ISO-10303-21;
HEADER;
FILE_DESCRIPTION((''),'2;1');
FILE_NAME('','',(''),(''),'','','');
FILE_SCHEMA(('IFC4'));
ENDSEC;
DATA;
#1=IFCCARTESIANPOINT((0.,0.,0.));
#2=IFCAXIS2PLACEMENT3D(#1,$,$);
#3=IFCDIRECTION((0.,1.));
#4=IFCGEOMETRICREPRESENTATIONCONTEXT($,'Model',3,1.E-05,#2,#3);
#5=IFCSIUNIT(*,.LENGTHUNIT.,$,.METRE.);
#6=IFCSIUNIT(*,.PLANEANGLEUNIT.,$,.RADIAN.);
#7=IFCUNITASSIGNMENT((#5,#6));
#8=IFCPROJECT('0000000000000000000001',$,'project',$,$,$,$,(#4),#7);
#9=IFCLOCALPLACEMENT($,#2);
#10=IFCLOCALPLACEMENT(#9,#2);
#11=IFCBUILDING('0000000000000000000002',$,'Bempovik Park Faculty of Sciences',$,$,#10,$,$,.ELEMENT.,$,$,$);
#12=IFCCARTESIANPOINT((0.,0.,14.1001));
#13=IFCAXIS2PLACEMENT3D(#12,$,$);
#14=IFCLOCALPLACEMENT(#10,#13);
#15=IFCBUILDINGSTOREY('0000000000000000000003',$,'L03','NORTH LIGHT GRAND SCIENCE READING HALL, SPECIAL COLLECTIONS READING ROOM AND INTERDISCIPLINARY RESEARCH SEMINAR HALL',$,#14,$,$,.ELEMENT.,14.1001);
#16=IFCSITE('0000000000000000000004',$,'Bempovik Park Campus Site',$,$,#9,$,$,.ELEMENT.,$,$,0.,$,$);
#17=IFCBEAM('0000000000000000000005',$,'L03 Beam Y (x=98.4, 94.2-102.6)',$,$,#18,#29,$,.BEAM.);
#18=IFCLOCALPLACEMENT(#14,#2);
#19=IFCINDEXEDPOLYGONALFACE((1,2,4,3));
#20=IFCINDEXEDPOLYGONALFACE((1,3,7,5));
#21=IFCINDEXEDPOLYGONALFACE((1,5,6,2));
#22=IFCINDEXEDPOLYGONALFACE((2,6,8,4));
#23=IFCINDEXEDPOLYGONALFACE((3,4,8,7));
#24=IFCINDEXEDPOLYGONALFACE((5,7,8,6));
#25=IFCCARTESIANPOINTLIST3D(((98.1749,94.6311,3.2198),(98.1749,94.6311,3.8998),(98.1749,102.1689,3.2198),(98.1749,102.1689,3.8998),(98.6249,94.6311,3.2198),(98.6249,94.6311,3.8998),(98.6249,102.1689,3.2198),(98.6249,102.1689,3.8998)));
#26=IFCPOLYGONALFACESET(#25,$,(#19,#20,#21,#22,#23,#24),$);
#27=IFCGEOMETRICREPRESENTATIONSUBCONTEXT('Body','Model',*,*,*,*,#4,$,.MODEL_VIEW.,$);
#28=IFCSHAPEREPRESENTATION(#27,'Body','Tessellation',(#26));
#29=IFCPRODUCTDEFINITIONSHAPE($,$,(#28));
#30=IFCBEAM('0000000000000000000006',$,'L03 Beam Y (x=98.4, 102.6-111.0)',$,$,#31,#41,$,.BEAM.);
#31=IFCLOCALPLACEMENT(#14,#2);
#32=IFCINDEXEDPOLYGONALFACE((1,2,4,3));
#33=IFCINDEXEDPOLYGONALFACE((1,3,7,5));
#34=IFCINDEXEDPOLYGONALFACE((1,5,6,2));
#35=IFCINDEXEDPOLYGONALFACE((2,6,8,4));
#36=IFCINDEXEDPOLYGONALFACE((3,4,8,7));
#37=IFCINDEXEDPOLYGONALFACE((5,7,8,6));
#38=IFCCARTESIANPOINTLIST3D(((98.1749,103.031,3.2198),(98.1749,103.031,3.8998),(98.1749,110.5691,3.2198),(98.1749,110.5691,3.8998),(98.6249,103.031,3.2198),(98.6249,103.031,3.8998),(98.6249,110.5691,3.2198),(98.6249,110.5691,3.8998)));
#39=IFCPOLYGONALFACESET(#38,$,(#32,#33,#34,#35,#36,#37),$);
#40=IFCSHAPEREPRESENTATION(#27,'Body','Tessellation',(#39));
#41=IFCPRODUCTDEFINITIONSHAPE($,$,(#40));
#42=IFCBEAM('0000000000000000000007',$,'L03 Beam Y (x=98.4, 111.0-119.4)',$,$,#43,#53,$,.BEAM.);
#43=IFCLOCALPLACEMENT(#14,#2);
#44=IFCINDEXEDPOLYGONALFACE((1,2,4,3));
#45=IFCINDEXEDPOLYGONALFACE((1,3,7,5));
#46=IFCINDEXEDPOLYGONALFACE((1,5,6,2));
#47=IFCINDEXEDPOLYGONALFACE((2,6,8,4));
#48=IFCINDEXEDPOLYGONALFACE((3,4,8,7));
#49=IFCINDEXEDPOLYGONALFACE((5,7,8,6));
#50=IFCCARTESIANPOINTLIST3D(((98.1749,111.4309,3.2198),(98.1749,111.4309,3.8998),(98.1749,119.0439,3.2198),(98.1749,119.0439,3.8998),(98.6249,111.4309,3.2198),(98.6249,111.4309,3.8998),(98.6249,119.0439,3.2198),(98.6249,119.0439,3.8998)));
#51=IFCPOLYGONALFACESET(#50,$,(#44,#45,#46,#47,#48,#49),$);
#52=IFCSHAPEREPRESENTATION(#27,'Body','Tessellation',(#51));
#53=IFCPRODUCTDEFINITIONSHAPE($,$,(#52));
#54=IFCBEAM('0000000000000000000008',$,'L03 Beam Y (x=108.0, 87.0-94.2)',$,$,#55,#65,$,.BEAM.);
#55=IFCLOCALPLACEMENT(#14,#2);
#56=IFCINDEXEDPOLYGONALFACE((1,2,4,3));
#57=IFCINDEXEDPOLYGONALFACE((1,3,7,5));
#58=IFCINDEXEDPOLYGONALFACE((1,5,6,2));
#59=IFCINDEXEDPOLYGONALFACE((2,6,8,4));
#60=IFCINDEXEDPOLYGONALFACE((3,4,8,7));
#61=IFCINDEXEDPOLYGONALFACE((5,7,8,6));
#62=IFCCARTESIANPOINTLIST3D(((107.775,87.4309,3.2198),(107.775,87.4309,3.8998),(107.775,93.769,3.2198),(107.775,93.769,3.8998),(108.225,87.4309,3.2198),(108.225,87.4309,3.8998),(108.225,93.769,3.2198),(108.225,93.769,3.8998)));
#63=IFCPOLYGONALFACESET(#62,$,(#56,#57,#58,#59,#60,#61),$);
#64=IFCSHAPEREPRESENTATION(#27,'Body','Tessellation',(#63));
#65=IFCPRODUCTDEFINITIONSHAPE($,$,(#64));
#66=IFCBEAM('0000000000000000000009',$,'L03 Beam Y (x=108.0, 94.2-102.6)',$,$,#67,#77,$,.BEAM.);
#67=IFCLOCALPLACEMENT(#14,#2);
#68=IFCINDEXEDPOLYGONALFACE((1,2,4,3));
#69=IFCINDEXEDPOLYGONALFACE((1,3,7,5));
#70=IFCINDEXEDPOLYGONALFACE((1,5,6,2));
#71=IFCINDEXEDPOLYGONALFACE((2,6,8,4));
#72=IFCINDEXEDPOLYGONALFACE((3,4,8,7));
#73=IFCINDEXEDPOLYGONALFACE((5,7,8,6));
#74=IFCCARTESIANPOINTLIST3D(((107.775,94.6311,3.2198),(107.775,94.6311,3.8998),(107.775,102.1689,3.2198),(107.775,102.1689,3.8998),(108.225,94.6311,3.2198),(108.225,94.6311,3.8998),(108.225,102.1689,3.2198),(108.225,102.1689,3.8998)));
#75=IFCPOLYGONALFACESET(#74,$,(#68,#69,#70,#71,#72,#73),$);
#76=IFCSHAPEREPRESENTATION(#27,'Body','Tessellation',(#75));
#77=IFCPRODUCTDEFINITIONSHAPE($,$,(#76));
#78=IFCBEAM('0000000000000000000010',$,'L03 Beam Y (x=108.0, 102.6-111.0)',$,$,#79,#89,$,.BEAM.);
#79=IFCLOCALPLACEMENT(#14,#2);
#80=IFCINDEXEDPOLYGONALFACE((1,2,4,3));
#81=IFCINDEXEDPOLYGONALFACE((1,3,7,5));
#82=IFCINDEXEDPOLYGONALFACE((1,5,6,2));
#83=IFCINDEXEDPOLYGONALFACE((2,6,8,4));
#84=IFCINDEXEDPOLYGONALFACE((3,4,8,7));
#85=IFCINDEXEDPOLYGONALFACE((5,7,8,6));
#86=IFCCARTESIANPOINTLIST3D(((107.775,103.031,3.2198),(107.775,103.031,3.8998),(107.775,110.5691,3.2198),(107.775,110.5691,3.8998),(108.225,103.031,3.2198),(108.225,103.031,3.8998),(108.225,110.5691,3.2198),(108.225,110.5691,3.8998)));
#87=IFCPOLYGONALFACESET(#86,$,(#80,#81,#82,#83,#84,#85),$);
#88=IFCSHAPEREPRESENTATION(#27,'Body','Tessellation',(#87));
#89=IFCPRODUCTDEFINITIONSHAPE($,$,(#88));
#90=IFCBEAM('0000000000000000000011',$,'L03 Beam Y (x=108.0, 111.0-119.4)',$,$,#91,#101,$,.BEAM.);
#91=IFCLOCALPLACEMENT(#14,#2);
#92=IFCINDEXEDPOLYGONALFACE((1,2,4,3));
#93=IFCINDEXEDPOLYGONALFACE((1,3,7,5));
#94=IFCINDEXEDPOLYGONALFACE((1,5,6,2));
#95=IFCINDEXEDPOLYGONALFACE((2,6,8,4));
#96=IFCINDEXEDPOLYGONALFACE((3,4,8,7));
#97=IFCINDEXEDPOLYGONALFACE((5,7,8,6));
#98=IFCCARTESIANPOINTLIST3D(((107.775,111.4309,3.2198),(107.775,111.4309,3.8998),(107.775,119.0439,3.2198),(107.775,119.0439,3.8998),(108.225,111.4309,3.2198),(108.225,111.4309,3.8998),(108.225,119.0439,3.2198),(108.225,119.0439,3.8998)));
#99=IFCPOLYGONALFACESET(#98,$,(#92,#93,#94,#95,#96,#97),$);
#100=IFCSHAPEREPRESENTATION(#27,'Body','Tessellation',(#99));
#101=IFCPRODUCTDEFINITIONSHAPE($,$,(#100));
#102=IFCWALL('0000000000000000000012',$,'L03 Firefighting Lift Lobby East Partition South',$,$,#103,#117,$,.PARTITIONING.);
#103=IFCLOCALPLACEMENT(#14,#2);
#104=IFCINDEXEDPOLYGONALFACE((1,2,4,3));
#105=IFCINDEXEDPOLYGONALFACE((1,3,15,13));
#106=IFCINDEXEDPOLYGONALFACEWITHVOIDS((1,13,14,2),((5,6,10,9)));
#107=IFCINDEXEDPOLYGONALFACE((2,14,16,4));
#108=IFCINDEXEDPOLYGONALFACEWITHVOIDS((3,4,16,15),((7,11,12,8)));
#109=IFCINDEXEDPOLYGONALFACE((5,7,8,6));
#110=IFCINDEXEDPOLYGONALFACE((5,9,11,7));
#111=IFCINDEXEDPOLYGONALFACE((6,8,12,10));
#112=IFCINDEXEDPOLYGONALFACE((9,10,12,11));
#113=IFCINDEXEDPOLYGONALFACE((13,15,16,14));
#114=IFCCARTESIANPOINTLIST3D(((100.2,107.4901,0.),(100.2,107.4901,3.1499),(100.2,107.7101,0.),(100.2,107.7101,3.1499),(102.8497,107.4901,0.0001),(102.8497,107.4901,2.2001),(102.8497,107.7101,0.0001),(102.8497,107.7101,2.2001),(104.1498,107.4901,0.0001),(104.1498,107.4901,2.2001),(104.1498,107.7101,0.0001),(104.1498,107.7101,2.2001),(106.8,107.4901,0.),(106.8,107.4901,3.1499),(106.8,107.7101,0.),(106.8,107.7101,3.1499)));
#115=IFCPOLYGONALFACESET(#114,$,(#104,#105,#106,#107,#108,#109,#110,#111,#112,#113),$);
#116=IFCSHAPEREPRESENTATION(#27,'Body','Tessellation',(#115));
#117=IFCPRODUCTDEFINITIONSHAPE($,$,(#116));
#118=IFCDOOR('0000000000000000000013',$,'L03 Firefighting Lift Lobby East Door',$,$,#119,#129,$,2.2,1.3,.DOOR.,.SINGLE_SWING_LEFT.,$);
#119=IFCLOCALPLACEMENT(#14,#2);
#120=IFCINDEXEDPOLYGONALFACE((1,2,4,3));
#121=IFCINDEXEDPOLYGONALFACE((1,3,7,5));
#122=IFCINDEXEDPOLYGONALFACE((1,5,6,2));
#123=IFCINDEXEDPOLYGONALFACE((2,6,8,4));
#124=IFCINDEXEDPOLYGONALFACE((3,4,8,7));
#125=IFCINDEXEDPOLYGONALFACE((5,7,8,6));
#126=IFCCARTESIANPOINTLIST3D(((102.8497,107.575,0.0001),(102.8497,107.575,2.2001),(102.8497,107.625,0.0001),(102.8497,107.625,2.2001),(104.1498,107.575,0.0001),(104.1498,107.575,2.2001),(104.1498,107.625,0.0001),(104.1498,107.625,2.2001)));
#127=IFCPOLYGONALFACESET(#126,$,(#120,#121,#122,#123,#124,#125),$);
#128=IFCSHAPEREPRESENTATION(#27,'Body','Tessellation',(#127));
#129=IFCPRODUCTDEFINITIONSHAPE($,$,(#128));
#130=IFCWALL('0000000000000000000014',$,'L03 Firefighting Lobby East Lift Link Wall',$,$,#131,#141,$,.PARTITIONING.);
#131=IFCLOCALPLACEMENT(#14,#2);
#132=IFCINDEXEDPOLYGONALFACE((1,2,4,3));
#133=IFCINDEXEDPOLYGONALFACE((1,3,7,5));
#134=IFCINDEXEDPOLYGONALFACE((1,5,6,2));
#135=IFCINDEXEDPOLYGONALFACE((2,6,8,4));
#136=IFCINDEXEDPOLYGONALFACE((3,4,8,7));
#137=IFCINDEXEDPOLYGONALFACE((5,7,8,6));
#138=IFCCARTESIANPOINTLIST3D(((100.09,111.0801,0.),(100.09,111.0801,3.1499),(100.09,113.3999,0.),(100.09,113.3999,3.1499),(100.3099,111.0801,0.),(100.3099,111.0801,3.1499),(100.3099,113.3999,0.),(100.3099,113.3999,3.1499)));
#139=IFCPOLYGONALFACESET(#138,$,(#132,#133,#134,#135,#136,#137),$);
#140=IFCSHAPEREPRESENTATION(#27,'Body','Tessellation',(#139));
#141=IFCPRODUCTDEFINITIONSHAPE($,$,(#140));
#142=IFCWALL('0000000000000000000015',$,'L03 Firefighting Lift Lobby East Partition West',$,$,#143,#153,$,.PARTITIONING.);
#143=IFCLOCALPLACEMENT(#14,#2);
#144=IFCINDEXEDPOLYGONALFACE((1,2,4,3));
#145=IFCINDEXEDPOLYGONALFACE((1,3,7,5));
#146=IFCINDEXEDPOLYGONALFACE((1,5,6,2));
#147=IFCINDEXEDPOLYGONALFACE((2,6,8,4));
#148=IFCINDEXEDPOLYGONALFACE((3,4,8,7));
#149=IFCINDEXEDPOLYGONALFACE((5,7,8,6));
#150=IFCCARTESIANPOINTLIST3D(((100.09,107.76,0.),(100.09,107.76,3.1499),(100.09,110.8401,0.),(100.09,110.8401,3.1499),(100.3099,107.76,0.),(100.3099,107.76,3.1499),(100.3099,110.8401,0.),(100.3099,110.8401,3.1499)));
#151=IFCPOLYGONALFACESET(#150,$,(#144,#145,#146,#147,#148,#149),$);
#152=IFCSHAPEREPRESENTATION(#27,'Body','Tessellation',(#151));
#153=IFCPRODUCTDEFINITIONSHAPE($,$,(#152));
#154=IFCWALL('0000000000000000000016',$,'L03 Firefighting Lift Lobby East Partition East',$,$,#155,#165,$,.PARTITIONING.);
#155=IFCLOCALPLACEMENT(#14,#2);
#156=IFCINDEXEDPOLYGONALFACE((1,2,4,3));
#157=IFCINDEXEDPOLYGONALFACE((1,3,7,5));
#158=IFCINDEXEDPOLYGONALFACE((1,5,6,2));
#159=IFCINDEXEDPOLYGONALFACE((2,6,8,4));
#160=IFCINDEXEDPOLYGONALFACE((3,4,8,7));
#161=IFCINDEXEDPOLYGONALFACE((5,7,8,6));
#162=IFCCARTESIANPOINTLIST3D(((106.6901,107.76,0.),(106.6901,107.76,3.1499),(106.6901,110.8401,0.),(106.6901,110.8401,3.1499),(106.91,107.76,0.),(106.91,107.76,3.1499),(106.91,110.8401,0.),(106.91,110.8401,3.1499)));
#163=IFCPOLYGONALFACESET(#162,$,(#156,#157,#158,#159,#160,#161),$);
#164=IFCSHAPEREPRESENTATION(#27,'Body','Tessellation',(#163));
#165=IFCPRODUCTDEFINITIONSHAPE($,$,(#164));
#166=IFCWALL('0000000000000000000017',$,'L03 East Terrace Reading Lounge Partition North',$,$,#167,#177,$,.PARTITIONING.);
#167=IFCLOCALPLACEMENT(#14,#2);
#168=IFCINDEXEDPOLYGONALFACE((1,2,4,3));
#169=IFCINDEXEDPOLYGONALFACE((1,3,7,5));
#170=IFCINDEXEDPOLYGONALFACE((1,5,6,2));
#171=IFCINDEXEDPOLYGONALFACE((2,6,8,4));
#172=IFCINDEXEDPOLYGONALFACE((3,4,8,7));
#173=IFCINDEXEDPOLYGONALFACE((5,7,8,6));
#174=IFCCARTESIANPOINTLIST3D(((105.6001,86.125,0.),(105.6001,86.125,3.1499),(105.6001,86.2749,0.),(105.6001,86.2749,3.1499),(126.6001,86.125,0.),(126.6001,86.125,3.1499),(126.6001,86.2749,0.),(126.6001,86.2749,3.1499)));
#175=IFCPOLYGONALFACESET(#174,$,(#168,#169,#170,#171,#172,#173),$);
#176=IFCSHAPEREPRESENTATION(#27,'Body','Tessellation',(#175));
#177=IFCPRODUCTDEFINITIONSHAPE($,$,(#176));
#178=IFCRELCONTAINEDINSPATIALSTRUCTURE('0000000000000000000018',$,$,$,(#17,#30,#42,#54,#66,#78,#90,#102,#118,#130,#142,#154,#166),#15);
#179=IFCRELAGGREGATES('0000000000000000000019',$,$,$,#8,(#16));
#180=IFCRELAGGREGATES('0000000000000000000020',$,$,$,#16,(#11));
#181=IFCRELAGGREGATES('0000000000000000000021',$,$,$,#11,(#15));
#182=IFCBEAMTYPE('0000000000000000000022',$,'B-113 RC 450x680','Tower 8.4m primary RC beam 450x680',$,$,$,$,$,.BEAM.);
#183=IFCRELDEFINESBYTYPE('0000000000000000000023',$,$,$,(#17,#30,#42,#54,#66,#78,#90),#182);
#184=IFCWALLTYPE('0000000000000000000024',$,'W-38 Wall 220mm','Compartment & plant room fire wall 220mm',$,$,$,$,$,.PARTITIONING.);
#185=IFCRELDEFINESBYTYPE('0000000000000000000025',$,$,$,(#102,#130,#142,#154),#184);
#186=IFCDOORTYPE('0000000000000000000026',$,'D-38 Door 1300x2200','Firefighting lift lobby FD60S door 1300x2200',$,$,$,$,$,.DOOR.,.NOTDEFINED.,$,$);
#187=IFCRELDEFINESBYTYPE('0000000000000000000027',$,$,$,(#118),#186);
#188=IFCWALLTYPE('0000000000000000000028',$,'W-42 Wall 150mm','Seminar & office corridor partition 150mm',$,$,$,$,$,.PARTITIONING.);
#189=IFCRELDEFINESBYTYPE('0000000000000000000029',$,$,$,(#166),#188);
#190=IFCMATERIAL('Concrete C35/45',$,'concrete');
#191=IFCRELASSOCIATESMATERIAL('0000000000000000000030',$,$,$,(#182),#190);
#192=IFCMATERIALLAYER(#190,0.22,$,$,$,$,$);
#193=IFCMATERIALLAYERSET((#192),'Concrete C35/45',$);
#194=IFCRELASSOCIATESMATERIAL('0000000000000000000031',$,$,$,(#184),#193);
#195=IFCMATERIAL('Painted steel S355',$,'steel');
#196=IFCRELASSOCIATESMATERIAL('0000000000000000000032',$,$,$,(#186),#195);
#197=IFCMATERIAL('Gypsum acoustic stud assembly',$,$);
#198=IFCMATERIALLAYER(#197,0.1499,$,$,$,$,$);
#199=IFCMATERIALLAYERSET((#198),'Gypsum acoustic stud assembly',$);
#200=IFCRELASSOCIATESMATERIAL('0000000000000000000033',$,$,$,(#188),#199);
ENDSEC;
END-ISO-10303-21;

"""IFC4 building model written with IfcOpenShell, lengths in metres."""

from ifc_helpers import new_model, si_unit, direction, frame, frame_2d, origin, origin_2d, place, context, subcontext, project, spatial, rectangle, extrude, material, layer, layer_set, material_profile, profile_set, type_object, element, fill, save


model = new_model("IFC4")

# Units and contexts
model_context = context("Model", 3, precision=1e-05, world=origin(), true_north=direction((0.0, 1.0)))
body_context = subcontext(model_context, "Body", "Model", "MODEL_VIEW")
ifc_project = project(units=[si_unit("LENGTHUNIT", "METRE"), si_unit("PLANEANGLEUNIT", "RADIAN")], contexts=[model_context])

# Site, building, storey
site_placement = place(None, origin())
site = spatial("IfcSite", under=ifc_project, at=site_placement, Name="Bempovik Park Campus Site", CompositionType="ELEMENT", RefElevation=0.0)
building_placement = place(site_placement, origin())
building = spatial("IfcBuilding", under=site, at=building_placement, Name="Bempovik Park Faculty of Sciences", CompositionType="ELEMENT")
storey_placement = place(building_placement, frame((0.0, 0.0, 14.1001)))
storey = spatial("IfcBuildingStorey", under=building, at=storey_placement, Name="L03", Description="NORTH LIGHT GRAND SCIENCE READING HALL, SPECIAL COLLECTIONS READING ROOM AND INTERDISCIPLINARY RESEARCH SEMINAR HALL", CompositionType="ELEMENT", Elevation=14.1001)

# Beams
ifc_material_1 = material(Name="Concrete C35/45", Category="concrete")
ifc_material_profile_1 = material_profile(ifc_material_1, rectangle(XDim=0.45, YDim=0.6799, at=origin_2d()), Name="RC 450x680")
ifc_profile_set_1 = profile_set([ifc_material_profile_1], Name="Concrete C35/45")
beam_type_1 = type_object("IfcBeamType", Name="B-113 RC 450x680", Description="Tower 8.4m primary RC beam 450x680", PredefinedType="BEAM", material=ifc_profile_set_1)
beam_1_placement = place(storey_placement, frame((98.3999, 94.6311, 3.5598), z_axis=(0.0, 1.0, 0.0), x_axis=(-1.0, 0.0, 0.0)))
element("IfcBeam", 1, at=beam_1_placement, inside=storey, type_object=beam_type_1, Name="L03 Beam Y (x=98.4, 94.2-102.6)", PredefinedType="BEAM", context=body_context, shape_type="SweptSolid", body=[
    extrude(rectangle(XDim=0.45, YDim=0.6799, at=origin_2d()), origin(), (0.0, 0.0, 1.0), 7.5378),
])
beam_2_placement = place(storey_placement, frame((98.3999, 103.031, 3.5598), z_axis=(0.0, 1.0, 0.0), x_axis=(-1.0, 0.0, 0.0)))
element("IfcBeam", 2, at=beam_2_placement, inside=storey, type_object=beam_type_1, Name="L03 Beam Y (x=98.4, 102.6-111.0)", PredefinedType="BEAM", context=body_context, shape_type="SweptSolid", body=[
    extrude(rectangle(XDim=0.45, YDim=0.6799, at=origin_2d()), origin(), (0.0, 0.0, 1.0), 7.5381),
])
beam_3_placement = place(storey_placement, frame((98.3999, 111.4309, 3.5598), z_axis=(0.0, 1.0, 0.0), x_axis=(-1.0, 0.0, 0.0)))
element("IfcBeam", 3, at=beam_3_placement, inside=storey, type_object=beam_type_1, Name="L03 Beam Y (x=98.4, 111.0-119.4)", PredefinedType="BEAM", context=body_context, shape_type="SweptSolid", body=[
    extrude(rectangle(XDim=0.45, YDim=0.6799, at=origin_2d()), origin(), (0.0, 0.0, 1.0), 7.613),
])
beam_4_placement = place(storey_placement, frame((108.0, 87.4309, 3.5598), z_axis=(0.0, 1.0, 0.0), x_axis=(-1.0, 0.0, 0.0)))
element("IfcBeam", 4, at=beam_4_placement, inside=storey, type_object=beam_type_1, Name="L03 Beam Y (x=108.0, 87.0-94.2)", PredefinedType="BEAM", context=body_context, shape_type="SweptSolid", body=[
    extrude(rectangle(XDim=0.45, YDim=0.6799, at=origin_2d()), origin(), (0.0, 0.0, 1.0), 6.3381),
])
beam_5_placement = place(storey_placement, frame((108.0, 94.6311, 3.5598), z_axis=(0.0, 1.0, 0.0), x_axis=(-1.0, 0.0, 0.0)))
element("IfcBeam", 5, at=beam_5_placement, inside=storey, type_object=beam_type_1, Name="L03 Beam Y (x=108.0, 94.2-102.6)", PredefinedType="BEAM", context=body_context, shape_type="SweptSolid", body=[
    extrude(rectangle(XDim=0.45, YDim=0.6799, at=origin_2d()), origin(), (0.0, 0.0, 1.0), 7.5378),
])
beam_6_placement = place(storey_placement, frame((108.0, 103.031, 3.5598), z_axis=(0.0, 1.0, 0.0), x_axis=(-1.0, 0.0, 0.0)))
element("IfcBeam", 6, at=beam_6_placement, inside=storey, type_object=beam_type_1, Name="L03 Beam Y (x=108.0, 102.6-111.0)", PredefinedType="BEAM", context=body_context, shape_type="SweptSolid", body=[
    extrude(rectangle(XDim=0.45, YDim=0.6799, at=origin_2d()), origin(), (0.0, 0.0, 1.0), 7.5381),
])
beam_7_placement = place(storey_placement, frame((108.0, 111.4309, 3.5598), z_axis=(0.0, 1.0, 0.0), x_axis=(-1.0, 0.0, 0.0)))
element("IfcBeam", 7, at=beam_7_placement, inside=storey, type_object=beam_type_1, Name="L03 Beam Y (x=108.0, 111.0-119.4)", PredefinedType="BEAM", context=body_context, shape_type="SweptSolid", body=[
    extrude(rectangle(XDim=0.45, YDim=0.6799, at=origin_2d()), origin(), (0.0, 0.0, 1.0), 7.613),
])

# Wall, opening, door
ifc_material_2 = material(Name="Gypsum acoustic stud assembly")
ifc_layer_1 = layer(ifc_material_1, 0.22)
ifc_layer_set_1 = layer_set([ifc_layer_1], Name="Concrete C35/45")
wall_type_1 = type_object("IfcWallType", Name="W-38 Wall 220mm", Description="Compartment & plant room fire wall 220mm", PredefinedType="PARTITIONING", material=ifc_layer_set_1)
wall_1_placement = place(storey_placement, frame((100.2, 107.6001, 0.0), z_axis=(0.0, 0.0, 1.0), x_axis=(1.0, 0.0, 0.0)))
wall_1 = element("IfcWall", 8, at=wall_1_placement, inside=storey, type_object=wall_type_1, Name="L03 Firefighting Lift Lobby East Partition South", PredefinedType="PARTITIONING", context=body_context, shape_type="SweptSolid", body=[
    extrude(rectangle(XDim=6.6001, YDim=0.22, at=frame_2d((3.3, 0.0))), origin(), (0.0, 0.0, 1.0), 3.1499),
])
opening_1_placement = place(wall_1_placement, frame((2.6499, 0.0, 0.0)))
opening_1 = element("IfcOpeningElement", 9, at=opening_1_placement, cuts=wall_1, PredefinedType="OPENING", context=body_context, shape_type="SweptSolid", body=[
    extrude(rectangle(XDim=1.3, YDim=2.2, at=frame_2d((0.6499, 1.1001))), frame((0.0, 0.1201, 0.0), z_axis=(0.0, -1.0, 0.0), x_axis=(1.0, 0.0, 0.0)), (0.0, 0.0, 1.0), 0.24),
])
ifc_material_3 = material(Name="Painted steel S355", Category="steel")
door_type_1 = type_object("IfcDoorType", Name="D-38 Door 1300x2200", Description="Firefighting lift lobby FD60S door 1300x2200", OperationType="NOTDEFINED", PredefinedType="DOOR", material=ifc_material_3)
door_1_placement = place(opening_1_placement, origin())
door_1 = element("IfcDoor", 10, at=door_1_placement, inside=storey, type_object=door_type_1, Name="L03 Firefighting Lift Lobby East Door", OperationType="SINGLE_SWING_LEFT", OverallHeight=2.2, OverallWidth=1.3, PredefinedType="DOOR", context=body_context, shape_type="SweptSolid", body=[
    extrude(rectangle(XDim=1.3, YDim=2.2, at=frame_2d((0.6499, 1.1001))), frame((0.0, 0.0249, 0.0), z_axis=(0.0, -1.0, 0.0), x_axis=(1.0, 0.0, 0.0)), (0.0, 0.0, 1.0), 0.05),
])
fill(opening_1, door_1)

# Walls
wall_2_placement = place(storey_placement, frame((100.2, 111.0801, 0.0), z_axis=(0.0, 0.0, 1.0), x_axis=(0.0, 1.0, 0.0)))
element("IfcWall", 11, at=wall_2_placement, inside=storey, type_object=wall_type_1, Name="L03 Firefighting Lobby East Lift Link Wall", PredefinedType="PARTITIONING", context=body_context, shape_type="SweptSolid", body=[
    extrude(rectangle(XDim=2.3198, YDim=0.22, at=frame_2d((1.1599, 0.0))), origin(), (0.0, 0.0, 1.0), 3.1499),
])
for number, where, z_axis, x_axis, name in (
    (12, (100.2, 107.76, 0.0), (0.0, 0.0, 1.0), (0.0, 1.0, 0.0), "L03 Firefighting Lift Lobby East Partition West"),
    (13, (106.8, 107.76, 0.0), (0.0, 0.0, 1.0), (0.0, 1.0, 0.0), "L03 Firefighting Lift Lobby East Partition East"),
):
    element("IfcWall", number, at=place(storey_placement, frame(where, z_axis=z_axis, x_axis=x_axis)), inside=storey, type_object=wall_type_1, Name=name, PredefinedType="PARTITIONING", context=body_context, shape_type="SweptSolid", body=[
        extrude(rectangle(XDim=3.0801, YDim=0.22, at=frame_2d((1.54, 0.0))), origin(), (0.0, 0.0, 1.0), 3.1499),
    ])
ifc_layer_2 = layer(ifc_material_2, 0.1499)
ifc_layer_set_2 = layer_set([ifc_layer_2], Name="Gypsum acoustic stud assembly")
wall_type_2 = type_object("IfcWallType", Name="W-42 Wall 150mm", Description="Seminar & office corridor partition 150mm", PredefinedType="PARTITIONING", material=ifc_layer_set_2)
wall_3_placement = place(storey_placement, frame((105.6001, 86.2, 0.0), z_axis=(0.0, 0.0, 1.0), x_axis=(1.0, 0.0, 0.0)))
element("IfcWall", 14, at=wall_3_placement, inside=storey, type_object=wall_type_2, Name="L03 East Terrace Reading Lounge Partition North", PredefinedType="PARTITIONING", context=body_context, shape_type="SweptSolid", body=[
    extrude(rectangle(XDim=21.0, YDim=0.1499, at=frame_2d((10.5, 0.0))), origin(), (0.0, 0.0, 1.0), 3.1499),
])

save(model, "model.ifc")
